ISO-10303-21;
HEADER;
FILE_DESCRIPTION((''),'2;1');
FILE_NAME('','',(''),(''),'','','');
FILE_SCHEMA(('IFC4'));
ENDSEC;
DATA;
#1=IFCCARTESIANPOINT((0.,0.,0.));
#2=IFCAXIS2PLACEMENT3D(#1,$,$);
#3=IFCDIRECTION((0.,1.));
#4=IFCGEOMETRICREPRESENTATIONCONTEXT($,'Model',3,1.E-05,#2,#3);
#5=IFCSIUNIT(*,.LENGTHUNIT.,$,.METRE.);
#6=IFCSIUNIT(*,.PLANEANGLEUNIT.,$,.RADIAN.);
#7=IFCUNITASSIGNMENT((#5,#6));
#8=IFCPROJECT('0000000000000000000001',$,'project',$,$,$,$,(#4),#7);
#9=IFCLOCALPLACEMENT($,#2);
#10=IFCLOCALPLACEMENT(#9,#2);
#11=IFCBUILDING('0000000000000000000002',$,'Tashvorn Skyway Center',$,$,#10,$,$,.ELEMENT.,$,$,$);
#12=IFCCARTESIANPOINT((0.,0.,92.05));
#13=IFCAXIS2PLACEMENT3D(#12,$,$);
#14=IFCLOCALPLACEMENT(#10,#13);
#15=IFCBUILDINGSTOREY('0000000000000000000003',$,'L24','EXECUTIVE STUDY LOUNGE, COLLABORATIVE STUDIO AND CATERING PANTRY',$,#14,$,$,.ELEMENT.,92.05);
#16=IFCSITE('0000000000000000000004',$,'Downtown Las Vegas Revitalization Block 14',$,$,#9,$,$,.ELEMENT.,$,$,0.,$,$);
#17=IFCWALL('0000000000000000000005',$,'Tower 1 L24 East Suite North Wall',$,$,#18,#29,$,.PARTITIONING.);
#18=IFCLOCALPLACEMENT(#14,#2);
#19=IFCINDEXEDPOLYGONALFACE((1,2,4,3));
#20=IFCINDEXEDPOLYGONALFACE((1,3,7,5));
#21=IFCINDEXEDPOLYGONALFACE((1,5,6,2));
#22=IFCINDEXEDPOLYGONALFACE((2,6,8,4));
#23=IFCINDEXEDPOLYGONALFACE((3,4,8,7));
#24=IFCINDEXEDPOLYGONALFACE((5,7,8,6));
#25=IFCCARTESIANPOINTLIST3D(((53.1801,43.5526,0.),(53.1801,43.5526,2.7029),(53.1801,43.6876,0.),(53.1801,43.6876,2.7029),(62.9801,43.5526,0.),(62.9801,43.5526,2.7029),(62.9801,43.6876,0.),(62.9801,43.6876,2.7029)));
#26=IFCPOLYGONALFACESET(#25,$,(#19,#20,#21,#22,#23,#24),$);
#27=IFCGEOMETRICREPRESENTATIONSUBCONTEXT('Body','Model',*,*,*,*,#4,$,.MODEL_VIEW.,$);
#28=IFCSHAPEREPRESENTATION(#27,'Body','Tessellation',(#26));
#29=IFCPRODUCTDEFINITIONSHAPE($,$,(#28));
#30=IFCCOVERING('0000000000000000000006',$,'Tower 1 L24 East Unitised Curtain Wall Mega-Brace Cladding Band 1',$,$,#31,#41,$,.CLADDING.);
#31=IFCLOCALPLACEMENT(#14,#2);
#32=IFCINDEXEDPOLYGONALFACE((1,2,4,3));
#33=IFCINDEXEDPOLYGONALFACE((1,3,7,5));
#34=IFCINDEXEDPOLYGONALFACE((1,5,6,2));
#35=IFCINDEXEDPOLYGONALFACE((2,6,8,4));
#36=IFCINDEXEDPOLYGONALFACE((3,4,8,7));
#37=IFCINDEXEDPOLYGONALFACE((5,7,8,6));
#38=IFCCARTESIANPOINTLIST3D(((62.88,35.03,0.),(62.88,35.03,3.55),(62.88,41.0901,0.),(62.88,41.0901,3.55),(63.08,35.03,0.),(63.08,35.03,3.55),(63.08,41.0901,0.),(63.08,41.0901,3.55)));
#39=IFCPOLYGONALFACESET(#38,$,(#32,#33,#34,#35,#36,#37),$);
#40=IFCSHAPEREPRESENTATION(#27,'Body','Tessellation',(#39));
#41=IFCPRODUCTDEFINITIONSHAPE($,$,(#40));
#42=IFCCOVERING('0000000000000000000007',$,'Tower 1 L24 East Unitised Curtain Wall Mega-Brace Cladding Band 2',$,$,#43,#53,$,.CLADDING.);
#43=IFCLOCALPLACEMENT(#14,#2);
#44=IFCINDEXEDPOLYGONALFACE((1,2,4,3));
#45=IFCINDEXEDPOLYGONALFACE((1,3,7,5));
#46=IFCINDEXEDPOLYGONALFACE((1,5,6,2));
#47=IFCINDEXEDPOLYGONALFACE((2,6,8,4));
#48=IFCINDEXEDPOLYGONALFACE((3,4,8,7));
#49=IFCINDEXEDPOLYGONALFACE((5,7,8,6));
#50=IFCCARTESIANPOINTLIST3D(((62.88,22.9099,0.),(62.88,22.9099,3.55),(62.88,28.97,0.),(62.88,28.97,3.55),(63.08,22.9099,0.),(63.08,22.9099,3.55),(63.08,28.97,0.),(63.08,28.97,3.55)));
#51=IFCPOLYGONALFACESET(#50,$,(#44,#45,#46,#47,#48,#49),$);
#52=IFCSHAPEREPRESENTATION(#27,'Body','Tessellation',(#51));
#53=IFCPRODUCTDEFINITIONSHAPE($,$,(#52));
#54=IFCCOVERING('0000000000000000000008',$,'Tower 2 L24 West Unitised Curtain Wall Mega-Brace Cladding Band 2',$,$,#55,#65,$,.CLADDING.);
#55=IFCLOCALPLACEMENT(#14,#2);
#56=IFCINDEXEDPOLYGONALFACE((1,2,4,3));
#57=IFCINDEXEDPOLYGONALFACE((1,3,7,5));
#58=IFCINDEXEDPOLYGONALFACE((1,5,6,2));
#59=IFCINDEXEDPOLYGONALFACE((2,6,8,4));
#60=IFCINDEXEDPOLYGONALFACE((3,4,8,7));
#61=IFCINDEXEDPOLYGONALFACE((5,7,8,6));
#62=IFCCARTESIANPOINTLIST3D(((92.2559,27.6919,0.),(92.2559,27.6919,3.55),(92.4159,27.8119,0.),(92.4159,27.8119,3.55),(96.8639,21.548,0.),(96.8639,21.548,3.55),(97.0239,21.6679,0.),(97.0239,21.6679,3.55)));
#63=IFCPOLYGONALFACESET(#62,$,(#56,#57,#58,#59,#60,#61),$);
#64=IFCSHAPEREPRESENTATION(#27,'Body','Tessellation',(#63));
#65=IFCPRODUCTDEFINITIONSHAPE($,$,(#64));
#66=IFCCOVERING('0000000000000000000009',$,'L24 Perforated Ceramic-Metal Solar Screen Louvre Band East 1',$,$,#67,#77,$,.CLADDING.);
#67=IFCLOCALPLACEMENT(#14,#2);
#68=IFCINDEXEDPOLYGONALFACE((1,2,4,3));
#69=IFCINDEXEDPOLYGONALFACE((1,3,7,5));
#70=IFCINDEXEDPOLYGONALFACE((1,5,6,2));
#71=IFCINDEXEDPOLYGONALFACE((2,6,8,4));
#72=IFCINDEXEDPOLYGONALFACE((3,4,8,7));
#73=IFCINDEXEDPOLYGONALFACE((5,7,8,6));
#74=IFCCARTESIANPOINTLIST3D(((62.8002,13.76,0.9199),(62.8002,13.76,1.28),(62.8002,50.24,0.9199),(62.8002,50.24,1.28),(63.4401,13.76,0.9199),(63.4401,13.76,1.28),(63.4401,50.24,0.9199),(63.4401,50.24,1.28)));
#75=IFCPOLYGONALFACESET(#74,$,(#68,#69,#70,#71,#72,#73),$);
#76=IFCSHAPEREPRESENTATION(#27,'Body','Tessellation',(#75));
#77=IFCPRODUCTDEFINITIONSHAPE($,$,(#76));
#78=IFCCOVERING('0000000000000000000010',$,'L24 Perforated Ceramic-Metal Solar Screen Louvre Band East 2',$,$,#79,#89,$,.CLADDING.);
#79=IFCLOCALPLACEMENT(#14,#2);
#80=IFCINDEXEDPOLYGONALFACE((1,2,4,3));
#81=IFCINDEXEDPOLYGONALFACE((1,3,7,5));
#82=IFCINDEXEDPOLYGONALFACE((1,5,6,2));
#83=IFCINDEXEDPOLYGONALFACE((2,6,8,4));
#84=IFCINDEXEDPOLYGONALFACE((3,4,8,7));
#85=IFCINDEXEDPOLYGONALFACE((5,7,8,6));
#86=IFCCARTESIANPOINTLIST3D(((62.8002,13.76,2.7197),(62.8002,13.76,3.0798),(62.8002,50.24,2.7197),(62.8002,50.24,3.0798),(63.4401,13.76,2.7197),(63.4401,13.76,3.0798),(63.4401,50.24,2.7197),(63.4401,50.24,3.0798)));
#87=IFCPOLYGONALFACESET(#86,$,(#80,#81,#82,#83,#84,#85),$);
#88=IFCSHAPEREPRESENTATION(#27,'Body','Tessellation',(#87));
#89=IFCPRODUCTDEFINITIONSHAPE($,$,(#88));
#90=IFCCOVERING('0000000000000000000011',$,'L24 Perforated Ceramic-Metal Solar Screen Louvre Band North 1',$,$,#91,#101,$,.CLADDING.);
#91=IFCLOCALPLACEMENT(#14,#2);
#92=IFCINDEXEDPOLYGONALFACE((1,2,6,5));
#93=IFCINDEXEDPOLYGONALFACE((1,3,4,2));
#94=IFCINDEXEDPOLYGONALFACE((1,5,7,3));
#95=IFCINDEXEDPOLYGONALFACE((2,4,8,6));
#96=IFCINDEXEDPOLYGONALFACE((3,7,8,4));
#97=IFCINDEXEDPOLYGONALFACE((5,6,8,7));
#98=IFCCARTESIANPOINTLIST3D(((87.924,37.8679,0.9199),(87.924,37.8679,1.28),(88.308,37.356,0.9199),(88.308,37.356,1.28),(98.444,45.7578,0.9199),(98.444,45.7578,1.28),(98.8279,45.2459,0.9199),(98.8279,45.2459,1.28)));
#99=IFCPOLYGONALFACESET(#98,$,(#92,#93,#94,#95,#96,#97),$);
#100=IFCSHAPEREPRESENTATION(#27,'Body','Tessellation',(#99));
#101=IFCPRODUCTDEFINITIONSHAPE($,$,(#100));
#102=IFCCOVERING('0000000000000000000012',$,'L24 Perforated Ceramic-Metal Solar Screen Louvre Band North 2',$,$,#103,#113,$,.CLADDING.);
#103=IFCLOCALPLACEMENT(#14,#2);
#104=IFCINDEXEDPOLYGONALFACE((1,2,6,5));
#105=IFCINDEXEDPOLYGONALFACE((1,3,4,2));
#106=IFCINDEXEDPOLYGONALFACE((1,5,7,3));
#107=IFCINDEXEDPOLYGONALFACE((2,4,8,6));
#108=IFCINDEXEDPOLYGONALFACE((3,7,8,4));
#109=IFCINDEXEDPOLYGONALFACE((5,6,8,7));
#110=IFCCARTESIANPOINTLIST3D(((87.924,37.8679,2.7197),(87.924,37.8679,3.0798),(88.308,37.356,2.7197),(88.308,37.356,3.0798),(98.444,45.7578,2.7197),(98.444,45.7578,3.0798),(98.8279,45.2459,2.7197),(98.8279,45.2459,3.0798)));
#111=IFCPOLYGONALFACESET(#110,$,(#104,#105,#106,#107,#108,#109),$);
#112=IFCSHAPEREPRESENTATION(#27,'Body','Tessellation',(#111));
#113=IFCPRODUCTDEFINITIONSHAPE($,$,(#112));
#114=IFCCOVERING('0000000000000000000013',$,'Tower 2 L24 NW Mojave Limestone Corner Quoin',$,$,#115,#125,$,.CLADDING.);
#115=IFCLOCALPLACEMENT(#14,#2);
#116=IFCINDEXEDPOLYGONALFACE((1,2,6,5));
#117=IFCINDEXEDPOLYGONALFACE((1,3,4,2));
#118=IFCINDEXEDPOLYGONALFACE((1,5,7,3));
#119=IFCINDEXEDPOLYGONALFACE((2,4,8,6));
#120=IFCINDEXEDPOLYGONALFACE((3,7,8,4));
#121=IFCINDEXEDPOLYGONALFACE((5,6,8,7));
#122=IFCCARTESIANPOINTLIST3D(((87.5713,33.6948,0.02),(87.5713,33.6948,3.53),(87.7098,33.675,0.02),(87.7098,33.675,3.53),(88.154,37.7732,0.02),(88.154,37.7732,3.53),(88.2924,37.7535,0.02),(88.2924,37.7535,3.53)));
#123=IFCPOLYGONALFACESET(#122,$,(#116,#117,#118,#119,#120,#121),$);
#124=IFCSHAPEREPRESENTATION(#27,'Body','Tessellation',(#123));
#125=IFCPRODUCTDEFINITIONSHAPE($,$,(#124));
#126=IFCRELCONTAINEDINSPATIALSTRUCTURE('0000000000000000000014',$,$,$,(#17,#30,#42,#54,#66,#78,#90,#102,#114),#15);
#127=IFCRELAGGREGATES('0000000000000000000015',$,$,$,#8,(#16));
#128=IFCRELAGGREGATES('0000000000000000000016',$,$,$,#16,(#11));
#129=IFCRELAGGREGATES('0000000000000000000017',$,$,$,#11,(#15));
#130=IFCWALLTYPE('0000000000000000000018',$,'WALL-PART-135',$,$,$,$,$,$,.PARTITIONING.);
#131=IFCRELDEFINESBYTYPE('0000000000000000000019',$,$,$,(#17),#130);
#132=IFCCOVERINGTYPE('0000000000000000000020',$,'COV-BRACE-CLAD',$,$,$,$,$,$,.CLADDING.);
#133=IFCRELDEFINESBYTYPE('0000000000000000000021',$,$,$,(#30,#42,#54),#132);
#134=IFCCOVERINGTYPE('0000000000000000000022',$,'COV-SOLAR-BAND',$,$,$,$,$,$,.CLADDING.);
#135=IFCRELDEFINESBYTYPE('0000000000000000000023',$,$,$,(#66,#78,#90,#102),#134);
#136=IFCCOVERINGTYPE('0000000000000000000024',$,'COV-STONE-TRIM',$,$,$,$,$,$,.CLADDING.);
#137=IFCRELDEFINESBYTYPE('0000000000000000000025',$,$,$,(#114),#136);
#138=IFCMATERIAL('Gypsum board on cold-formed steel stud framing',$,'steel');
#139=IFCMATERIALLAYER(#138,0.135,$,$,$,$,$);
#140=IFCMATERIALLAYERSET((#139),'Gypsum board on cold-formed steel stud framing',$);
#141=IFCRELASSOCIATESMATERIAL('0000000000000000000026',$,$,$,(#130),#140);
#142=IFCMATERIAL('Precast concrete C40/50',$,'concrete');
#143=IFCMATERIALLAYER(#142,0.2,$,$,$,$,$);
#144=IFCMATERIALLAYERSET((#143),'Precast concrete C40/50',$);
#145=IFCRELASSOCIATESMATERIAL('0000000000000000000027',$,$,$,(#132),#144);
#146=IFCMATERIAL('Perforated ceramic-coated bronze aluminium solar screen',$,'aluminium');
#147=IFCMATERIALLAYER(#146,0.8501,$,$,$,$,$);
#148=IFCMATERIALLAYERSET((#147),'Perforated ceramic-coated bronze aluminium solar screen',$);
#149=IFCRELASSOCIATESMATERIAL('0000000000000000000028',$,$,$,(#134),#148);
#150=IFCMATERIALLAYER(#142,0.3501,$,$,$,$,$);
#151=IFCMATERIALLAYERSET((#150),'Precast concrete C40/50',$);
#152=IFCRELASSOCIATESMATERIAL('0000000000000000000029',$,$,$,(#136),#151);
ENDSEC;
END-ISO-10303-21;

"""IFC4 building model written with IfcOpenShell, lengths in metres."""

from ifc_helpers import new_model, si_unit, direction, frame, frame_2d, origin, origin_2d, place, context, subcontext, project, spatial, rectangle, extrude, material, layer, layer_set, type_object, element, save


model = new_model("IFC4")

# Units and contexts
model_context = context("Model", 3, precision=1e-05, world=origin(), true_north=direction((0.0, 1.0)))
body_context = subcontext(model_context, "Body", "Model", "MODEL_VIEW")
ifc_project = project(units=[si_unit("LENGTHUNIT", "METRE"), si_unit("PLANEANGLEUNIT", "RADIAN")], contexts=[model_context])

# Site, building, storey
site_placement = place(None, origin())
site = spatial("IfcSite", under=ifc_project, at=site_placement, Name="Downtown Las Vegas Revitalization Block 14", CompositionType="ELEMENT", RefElevation=0.0)
building_placement = place(site_placement, origin())
building = spatial("IfcBuilding", under=site, at=building_placement, Name="Tashvorn Skyway Center", CompositionType="ELEMENT")
storey_placement = place(building_placement, frame((0.0, 0.0, 92.05)))
storey = spatial("IfcBuildingStorey", under=building, at=storey_placement, Name="L24", Description="EXECUTIVE STUDY LOUNGE, COLLABORATIVE STUDIO AND CATERING PANTRY", CompositionType="ELEMENT", Elevation=92.05)

# Wall
ifc_material_1 = material(Name="Precast concrete C40/50", Category="concrete")
ifc_material_2 = material(Name="Gypsum board on cold-formed steel stud framing", Category="steel")
ifc_layer_1 = layer(ifc_material_2, 0.135)
ifc_layer_set_1 = layer_set([ifc_layer_1], Name="Gypsum board on cold-formed steel stud framing")
wall_type_1 = type_object("IfcWallType", Name="WALL-PART-135", PredefinedType="PARTITIONING", material=ifc_layer_set_1)
wall_1_placement = place(storey_placement, frame((62.98, 43.6201, 0.0), z_axis=(0.0, 0.0, 1.0), x_axis=(-1.0, 0.0, 0.0)))
element("IfcWall", 1, at=wall_1_placement, inside=storey, type_object=wall_type_1, Name="Tower 1 L24 East Suite North Wall", PredefinedType="PARTITIONING", context=body_context, shape_type="SweptSolid", body=[
    extrude(rectangle(XDim=9.8, YDim=0.135, at=frame_2d((4.8999, 0.0))), origin(), (0.0, 0.0, 1.0), 2.7029),
])

# Coverings
ifc_layer_2 = layer(ifc_material_1, 0.2)
ifc_layer_set_2 = layer_set([ifc_layer_2], Name="Precast concrete C40/50")
covering_type_1 = type_object("IfcCoveringType", Name="COV-BRACE-CLAD", PredefinedType="CLADDING", material=ifc_layer_set_2)
for number, where, z_axis, x_axis, name in (
    (2, (62.98, 38.0601, 0.0), (0.0, 0.0, 1.0), (0.0, -1.0, 0.0), "Tower 1 L24 East Unitised Curtain Wall Mega-Brace Cladding Band 1"),
    (3, (62.98, 25.9399, 0.0), (0.0, 0.0, 1.0), (0.0, -1.0, 0.0), "Tower 1 L24 East Unitised Curtain Wall Mega-Brace Cladding Band 2"),
):
    element("IfcCovering", number, at=place(storey_placement, frame(where, z_axis=z_axis, x_axis=x_axis)), inside=storey, type_object=covering_type_1, Name=name, PredefinedType="CLADDING", context=body_context, shape_type="SweptSolid", body=[
        extrude(rectangle(XDim=6.0601, YDim=0.2, at=origin_2d()), origin(), (0.0, 0.0, 1.0), 3.55),
    ])
covering_1_placement = place(storey_placement, frame((94.6399, 24.6799, 0.0), z_axis=(0.0, 0.0, 1.0), x_axis=(-0.6, 0.8, 0.0)))
element("IfcCovering", 4, at=covering_1_placement, inside=storey, type_object=covering_type_1, Name="Tower 2 L24 West Unitised Curtain Wall Mega-Brace Cladding Band 2", PredefinedType="CLADDING", context=body_context, shape_type="SweptSolid", body=[
    extrude(rectangle(XDim=7.6799, YDim=0.2, at=origin_2d()), origin(), (0.0, 0.0, 1.0), 3.55),
])
ifc_material_3 = material(Name="Perforated ceramic-coated bronze aluminium solar screen", Category="aluminium")
ifc_layer_3 = layer(ifc_material_3, 0.8501)
ifc_layer_set_3 = layer_set([ifc_layer_3], Name="Perforated ceramic-coated bronze aluminium solar screen")
covering_type_2 = type_object("IfcCoveringType", Name="COV-SOLAR-BAND", PredefinedType="CLADDING", material=ifc_layer_set_3)
for number, where, z_axis, x_axis, name in (
    (5, (63.1201, 32.0, 0.9199), (0.0, 0.0, 1.0), (0.0, -1.0, 0.0), "L24 Perforated Ceramic-Metal Solar Screen Louvre Band East 1"),
    (6, (63.1201, 32.0, 2.7197), (0.0, 0.0, 1.0), (0.0, -1.0, 0.0), "L24 Perforated Ceramic-Metal Solar Screen Louvre Band East 2"),
):
    element("IfcCovering", number, at=place(storey_placement, frame(where, z_axis=z_axis, x_axis=x_axis)), inside=storey, type_object=covering_type_2, Name=name, PredefinedType="CLADDING", context=body_context, shape_type="SweptSolid", body=[
        extrude(rectangle(XDim=36.48, YDim=0.6399, at=origin_2d()), origin(), (0.0, 0.0, 1.0), 0.3601),
    ])
for number, where, z_axis, x_axis, name in (
    (7, (93.376, 41.5569, 0.9199), (0.0, 0.0, 1.0), (0.8, 0.6, 0.0), "L24 Perforated Ceramic-Metal Solar Screen Louvre Band North 1"),
    (8, (93.376, 41.5569, 2.7197), (0.0, 0.0, 1.0), (0.8, 0.6, 0.0), "L24 Perforated Ceramic-Metal Solar Screen Louvre Band North 2"),
):
    element("IfcCovering", number, at=place(storey_placement, frame(where, z_axis=z_axis, x_axis=x_axis)), inside=storey, type_object=covering_type_2, Name=name, PredefinedType="CLADDING", context=body_context, shape_type="SweptSolid", body=[
        extrude(rectangle(XDim=13.1499, YDim=0.6399, at=origin_2d()), origin(), (0.0, 0.0, 1.0), 0.3601),
    ])
ifc_layer_4 = layer(ifc_material_1, 0.3501)
ifc_layer_set_4 = layer_set([ifc_layer_4], Name="Precast concrete C40/50")
covering_type_3 = type_object("IfcCoveringType", Name="COV-STONE-TRIM", PredefinedType="CLADDING", material=ifc_layer_set_4)
covering_2_placement = place(storey_placement, frame((87.9319, 35.7241, 0.02), z_axis=(0.0, 0.0, 1.0), x_axis=(-0.141421, -0.989949, 0.0)))
element("IfcCovering", 9, at=covering_2_placement, inside=storey, type_object=covering_type_3, Name="Tower 2 L24 NW Mojave Limestone Corner Quoin", PredefinedType="CLADDING", context=body_context, shape_type="SweptSolid", body=[
    extrude(rectangle(XDim=4.1199, YDim=0.1399, at=origin_2d()), origin(), (0.0, 0.0, 1.0), 3.51),
])

save(model, "model.ifc")
